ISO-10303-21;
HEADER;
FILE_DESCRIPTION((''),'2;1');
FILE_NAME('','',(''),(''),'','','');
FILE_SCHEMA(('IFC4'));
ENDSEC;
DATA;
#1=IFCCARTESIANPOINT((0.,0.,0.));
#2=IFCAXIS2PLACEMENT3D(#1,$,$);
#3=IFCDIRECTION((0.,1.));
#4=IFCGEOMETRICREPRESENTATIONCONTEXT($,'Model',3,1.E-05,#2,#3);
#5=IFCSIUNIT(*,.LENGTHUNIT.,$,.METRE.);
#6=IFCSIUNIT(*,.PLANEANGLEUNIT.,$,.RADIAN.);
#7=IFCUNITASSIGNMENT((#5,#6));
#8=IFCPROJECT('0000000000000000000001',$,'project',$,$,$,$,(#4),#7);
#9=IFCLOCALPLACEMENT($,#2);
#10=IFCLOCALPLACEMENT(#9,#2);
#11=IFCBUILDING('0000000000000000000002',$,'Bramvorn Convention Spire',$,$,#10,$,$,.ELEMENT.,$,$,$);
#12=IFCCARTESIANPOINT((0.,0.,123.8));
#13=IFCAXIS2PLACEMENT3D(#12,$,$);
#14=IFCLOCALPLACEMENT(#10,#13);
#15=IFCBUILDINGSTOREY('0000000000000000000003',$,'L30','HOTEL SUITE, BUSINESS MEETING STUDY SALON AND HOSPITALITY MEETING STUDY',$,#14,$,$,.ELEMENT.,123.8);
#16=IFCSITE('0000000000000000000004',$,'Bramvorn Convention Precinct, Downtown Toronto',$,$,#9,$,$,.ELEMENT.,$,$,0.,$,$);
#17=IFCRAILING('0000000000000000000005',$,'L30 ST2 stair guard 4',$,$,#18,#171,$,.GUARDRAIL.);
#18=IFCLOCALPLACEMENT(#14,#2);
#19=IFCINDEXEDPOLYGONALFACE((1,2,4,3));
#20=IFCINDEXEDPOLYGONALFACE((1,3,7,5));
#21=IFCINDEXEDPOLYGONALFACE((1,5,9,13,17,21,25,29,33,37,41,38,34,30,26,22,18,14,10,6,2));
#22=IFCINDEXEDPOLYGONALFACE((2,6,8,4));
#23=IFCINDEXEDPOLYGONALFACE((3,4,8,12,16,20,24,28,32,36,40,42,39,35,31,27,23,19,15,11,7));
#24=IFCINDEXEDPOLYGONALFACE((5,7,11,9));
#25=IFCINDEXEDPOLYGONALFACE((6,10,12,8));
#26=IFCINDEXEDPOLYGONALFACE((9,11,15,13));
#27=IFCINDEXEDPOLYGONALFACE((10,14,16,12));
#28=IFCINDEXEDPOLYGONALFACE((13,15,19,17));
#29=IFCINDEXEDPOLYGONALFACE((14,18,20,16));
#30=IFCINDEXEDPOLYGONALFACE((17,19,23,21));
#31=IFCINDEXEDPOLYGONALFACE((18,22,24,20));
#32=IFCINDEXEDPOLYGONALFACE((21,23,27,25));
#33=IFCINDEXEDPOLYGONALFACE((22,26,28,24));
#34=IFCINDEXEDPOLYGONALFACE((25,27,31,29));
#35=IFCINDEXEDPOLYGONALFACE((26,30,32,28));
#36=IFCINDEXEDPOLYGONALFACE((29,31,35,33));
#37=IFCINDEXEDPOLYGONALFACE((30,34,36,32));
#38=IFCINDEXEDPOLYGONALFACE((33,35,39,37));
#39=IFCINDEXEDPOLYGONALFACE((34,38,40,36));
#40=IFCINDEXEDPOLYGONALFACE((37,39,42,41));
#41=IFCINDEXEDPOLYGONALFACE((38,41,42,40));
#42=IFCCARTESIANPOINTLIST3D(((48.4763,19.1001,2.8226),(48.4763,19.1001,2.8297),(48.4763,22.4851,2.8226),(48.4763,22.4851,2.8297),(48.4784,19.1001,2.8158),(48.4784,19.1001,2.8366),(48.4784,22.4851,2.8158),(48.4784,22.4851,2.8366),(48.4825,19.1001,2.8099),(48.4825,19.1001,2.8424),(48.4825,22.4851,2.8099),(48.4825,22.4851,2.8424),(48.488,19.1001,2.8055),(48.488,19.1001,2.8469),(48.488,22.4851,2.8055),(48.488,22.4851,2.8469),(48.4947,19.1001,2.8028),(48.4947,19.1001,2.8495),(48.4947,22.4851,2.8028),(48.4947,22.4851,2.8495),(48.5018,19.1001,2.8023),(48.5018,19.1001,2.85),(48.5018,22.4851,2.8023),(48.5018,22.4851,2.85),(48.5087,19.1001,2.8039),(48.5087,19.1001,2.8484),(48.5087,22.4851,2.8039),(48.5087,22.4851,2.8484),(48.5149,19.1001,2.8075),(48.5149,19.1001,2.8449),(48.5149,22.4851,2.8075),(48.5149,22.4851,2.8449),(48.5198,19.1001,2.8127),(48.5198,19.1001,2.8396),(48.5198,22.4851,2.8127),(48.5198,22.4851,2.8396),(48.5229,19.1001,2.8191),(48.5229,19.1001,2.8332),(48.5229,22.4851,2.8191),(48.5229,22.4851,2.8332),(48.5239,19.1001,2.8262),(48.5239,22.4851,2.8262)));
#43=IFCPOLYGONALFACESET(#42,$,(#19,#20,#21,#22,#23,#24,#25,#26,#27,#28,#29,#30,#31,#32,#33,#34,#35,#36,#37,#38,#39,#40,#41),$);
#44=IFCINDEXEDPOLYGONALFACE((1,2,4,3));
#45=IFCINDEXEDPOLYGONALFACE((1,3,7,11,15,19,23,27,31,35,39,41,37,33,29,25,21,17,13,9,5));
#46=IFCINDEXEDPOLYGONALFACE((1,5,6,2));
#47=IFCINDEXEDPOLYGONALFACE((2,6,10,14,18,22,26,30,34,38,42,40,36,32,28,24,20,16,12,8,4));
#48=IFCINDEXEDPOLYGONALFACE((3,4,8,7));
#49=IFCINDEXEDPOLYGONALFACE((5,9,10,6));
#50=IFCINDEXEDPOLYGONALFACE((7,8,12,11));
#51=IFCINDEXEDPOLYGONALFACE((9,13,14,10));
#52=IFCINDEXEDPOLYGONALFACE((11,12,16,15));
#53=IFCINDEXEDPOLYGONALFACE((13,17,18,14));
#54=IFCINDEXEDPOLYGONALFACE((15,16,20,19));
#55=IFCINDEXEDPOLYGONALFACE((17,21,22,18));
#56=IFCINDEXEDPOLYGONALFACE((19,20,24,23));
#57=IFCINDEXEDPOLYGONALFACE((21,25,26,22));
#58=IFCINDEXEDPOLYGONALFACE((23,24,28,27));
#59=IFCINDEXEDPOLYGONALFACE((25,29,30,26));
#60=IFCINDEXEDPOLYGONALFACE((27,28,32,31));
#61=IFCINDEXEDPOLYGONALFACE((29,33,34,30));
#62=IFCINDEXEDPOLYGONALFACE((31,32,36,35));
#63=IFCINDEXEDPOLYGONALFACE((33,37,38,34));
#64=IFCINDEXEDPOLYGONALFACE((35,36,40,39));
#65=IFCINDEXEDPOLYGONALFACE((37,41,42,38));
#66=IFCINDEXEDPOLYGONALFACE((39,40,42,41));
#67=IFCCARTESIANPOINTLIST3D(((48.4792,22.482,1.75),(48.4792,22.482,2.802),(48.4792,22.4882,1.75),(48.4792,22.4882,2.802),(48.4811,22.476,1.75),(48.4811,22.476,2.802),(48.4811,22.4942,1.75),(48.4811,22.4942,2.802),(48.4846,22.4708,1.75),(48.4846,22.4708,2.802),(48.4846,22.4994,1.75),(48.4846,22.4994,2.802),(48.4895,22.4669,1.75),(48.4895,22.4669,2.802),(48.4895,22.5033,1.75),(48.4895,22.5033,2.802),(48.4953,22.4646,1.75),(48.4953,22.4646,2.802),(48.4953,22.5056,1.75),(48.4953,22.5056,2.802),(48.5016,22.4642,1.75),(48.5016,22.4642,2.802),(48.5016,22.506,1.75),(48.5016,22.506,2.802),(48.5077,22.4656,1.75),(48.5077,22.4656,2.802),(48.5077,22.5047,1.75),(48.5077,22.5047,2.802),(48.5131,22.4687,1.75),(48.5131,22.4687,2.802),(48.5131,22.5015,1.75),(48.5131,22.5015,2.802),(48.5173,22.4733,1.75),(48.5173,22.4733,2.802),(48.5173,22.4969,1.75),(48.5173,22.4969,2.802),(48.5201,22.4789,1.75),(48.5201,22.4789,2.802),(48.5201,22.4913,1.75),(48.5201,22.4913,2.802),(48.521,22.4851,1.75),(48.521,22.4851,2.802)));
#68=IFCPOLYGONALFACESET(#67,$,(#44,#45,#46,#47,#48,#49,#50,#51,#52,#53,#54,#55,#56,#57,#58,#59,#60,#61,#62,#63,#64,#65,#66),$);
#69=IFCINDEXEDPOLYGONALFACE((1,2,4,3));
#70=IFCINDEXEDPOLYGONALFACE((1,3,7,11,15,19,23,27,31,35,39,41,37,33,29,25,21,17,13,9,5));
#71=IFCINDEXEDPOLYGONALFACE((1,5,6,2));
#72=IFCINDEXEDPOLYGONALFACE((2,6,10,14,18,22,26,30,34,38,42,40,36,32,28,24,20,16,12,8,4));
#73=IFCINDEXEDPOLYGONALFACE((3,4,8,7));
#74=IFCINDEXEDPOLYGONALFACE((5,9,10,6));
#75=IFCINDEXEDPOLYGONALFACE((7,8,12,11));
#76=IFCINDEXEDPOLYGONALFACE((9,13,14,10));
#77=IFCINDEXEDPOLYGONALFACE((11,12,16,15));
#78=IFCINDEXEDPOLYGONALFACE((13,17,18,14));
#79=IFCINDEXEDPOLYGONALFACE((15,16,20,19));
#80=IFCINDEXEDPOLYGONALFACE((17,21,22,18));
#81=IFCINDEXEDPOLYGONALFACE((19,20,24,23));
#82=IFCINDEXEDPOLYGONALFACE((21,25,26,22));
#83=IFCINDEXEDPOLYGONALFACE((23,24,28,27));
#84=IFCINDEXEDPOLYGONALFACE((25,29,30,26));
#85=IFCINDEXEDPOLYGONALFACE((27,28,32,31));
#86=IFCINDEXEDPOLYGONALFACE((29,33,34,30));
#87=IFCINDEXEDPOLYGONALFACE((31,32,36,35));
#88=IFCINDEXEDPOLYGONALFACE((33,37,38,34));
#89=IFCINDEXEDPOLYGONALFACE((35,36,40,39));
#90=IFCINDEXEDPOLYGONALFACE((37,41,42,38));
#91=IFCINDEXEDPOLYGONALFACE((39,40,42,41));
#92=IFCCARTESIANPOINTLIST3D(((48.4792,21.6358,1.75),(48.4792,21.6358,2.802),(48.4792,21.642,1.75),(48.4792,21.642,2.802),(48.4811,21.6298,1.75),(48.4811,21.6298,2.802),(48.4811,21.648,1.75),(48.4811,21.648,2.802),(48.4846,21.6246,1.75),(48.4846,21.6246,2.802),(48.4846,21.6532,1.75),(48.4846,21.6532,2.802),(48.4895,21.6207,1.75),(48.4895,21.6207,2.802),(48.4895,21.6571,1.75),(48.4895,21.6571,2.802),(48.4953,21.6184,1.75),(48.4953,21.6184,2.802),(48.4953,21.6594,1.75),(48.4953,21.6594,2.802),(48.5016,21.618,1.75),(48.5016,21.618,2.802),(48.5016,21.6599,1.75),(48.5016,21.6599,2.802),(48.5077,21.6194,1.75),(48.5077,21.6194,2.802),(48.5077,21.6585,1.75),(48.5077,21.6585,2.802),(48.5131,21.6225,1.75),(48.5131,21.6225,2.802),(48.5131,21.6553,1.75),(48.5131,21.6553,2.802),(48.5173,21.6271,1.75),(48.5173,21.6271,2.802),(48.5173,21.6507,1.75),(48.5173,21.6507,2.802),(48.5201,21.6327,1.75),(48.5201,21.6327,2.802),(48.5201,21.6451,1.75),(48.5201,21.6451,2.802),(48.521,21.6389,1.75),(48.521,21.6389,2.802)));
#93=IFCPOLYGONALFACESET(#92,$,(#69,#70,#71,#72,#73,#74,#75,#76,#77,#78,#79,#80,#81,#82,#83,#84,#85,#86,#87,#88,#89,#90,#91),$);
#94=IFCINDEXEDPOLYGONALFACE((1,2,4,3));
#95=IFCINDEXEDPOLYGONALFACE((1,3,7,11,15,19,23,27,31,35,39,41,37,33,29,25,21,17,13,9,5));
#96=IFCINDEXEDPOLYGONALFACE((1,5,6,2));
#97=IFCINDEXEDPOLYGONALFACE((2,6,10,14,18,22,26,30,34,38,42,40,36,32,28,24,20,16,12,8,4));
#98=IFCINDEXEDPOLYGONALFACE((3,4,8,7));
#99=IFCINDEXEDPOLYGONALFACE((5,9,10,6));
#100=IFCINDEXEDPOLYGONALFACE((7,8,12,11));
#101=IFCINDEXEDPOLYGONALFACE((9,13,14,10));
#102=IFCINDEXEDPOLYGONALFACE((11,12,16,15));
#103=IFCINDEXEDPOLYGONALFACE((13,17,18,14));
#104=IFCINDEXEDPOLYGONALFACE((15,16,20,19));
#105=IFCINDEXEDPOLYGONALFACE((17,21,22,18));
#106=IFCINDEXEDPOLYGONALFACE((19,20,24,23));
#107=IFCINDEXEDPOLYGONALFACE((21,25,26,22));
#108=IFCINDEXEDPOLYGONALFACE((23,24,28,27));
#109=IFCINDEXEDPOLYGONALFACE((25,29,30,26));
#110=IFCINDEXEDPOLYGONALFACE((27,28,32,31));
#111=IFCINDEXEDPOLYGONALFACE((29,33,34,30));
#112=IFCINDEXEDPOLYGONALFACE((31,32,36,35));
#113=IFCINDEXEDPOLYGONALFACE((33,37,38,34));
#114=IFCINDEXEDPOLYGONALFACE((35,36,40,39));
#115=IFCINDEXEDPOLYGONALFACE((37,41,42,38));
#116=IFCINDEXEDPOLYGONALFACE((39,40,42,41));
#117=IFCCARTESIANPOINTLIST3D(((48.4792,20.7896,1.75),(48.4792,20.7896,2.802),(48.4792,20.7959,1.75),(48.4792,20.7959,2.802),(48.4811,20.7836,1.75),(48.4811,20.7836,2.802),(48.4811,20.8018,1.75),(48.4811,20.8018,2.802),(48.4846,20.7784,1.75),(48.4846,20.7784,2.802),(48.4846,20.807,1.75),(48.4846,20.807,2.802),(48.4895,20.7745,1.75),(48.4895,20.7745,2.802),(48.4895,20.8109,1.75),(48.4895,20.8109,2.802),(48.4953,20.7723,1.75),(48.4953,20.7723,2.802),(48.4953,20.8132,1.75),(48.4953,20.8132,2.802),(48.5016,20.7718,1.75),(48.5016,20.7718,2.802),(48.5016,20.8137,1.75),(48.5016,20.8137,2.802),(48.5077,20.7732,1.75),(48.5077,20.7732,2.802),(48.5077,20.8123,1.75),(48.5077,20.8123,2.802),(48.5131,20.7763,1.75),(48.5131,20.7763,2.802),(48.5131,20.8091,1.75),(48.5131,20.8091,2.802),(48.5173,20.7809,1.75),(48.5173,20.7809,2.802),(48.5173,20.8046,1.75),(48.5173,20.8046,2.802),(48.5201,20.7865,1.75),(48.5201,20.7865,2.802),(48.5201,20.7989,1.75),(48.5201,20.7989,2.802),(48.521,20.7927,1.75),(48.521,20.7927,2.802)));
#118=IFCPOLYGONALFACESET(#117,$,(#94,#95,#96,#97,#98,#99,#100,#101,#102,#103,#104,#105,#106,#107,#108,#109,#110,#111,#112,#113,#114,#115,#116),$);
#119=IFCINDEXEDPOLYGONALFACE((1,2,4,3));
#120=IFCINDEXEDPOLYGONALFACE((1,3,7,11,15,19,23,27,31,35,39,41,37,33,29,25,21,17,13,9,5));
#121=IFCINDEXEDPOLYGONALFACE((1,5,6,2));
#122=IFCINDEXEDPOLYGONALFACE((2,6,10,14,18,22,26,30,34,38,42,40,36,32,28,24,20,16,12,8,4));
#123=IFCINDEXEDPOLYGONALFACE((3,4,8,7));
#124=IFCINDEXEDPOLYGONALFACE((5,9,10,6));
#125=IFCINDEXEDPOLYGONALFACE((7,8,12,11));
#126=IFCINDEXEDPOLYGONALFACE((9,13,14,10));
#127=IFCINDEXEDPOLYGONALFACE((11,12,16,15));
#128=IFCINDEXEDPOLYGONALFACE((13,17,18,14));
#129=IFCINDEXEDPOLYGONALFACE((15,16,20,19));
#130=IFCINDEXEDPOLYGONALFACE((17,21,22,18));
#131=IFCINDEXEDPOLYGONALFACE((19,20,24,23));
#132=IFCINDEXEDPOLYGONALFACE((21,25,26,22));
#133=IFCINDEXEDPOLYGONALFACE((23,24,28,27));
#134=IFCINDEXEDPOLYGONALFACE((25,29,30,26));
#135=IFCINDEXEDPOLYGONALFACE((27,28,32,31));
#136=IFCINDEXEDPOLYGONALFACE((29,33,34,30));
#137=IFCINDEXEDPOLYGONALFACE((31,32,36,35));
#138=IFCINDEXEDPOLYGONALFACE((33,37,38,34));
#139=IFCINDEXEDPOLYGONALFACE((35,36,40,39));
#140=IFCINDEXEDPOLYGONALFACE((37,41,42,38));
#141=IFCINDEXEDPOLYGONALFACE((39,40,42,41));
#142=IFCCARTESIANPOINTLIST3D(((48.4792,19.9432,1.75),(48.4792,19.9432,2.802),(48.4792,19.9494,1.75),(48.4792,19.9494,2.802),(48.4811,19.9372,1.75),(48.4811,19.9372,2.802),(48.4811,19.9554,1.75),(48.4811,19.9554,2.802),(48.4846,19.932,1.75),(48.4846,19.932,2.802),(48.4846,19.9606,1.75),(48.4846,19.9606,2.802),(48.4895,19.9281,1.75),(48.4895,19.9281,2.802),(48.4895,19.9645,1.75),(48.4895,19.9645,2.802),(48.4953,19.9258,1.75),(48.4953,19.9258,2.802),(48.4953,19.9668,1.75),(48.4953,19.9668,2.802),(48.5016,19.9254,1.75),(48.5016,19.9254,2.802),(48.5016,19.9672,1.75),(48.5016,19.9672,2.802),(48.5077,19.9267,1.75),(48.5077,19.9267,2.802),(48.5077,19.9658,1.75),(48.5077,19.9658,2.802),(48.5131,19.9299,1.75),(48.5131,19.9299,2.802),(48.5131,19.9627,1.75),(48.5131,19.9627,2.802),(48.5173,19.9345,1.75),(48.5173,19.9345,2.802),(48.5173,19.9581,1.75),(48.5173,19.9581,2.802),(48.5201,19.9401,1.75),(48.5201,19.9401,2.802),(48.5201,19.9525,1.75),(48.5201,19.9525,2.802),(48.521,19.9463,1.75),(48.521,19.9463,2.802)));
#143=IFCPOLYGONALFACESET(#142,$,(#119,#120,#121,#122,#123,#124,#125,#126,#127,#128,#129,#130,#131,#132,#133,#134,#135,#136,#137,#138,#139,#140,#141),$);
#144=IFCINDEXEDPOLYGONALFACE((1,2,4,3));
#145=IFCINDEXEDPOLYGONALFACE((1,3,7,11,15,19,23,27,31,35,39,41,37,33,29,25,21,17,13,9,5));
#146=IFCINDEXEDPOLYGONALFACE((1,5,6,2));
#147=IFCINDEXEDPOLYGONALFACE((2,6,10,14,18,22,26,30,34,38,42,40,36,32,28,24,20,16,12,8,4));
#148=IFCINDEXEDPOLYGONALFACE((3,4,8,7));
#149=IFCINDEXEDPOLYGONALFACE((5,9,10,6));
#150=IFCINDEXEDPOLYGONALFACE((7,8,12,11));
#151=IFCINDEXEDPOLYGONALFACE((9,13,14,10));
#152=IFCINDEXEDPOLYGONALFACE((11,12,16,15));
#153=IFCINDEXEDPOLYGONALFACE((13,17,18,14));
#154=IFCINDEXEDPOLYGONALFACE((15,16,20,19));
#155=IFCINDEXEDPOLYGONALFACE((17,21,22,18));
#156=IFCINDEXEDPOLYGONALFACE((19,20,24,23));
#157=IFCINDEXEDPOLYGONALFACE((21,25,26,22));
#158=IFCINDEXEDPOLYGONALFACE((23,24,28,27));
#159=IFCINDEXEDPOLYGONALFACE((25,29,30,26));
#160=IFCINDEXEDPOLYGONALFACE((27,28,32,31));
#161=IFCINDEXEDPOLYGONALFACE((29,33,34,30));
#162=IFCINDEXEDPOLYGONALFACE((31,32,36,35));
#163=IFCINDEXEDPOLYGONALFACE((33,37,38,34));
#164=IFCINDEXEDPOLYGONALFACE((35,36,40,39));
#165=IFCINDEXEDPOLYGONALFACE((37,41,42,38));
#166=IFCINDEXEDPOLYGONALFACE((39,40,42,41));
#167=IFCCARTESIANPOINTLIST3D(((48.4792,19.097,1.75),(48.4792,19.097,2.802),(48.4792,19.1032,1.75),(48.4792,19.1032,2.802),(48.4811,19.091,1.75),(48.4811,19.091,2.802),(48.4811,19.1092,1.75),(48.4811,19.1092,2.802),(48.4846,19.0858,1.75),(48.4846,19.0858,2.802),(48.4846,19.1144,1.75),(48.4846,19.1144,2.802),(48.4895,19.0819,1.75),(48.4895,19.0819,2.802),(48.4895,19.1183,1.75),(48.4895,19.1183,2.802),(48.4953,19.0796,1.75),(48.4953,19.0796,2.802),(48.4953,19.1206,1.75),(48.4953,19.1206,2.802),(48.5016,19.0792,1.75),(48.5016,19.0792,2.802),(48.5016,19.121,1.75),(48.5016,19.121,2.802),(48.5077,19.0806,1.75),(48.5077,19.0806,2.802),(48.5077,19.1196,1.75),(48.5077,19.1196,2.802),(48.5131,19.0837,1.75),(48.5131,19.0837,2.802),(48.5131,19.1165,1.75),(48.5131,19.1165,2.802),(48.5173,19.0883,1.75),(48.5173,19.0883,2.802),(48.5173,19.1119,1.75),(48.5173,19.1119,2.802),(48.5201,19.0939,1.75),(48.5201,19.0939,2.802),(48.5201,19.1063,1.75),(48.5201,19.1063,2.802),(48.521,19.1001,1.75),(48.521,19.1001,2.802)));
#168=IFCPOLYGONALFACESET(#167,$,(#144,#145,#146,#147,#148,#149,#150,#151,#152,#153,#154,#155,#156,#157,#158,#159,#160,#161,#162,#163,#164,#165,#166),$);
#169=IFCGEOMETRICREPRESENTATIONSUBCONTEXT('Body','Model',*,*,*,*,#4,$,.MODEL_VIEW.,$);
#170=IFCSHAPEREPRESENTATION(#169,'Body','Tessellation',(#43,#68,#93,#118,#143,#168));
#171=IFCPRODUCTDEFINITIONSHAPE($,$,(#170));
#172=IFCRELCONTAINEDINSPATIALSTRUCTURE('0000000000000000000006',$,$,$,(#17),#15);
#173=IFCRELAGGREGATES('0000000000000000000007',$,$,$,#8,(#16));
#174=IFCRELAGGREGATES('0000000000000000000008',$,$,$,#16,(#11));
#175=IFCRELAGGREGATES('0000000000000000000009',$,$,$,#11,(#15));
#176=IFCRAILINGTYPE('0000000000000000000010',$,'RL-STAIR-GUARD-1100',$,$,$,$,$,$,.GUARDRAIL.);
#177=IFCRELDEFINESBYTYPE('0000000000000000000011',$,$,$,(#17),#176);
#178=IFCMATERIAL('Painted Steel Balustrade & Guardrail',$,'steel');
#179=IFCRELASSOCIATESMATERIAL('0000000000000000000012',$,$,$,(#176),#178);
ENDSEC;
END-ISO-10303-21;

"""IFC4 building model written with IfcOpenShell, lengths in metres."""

from ifc_helpers import new_model, si_unit, direction, frame, origin, origin_2d, place, context, subcontext, project, spatial, circle, extrude, material, type_object, element, save


model = new_model("IFC4")

# Units and contexts
model_context = context("Model", 3, precision=1e-05, world=origin(), true_north=direction((0.0, 1.0)))
body_context = subcontext(model_context, "Body", "Model", "MODEL_VIEW")
ifc_project = project(units=[si_unit("LENGTHUNIT", "METRE"), si_unit("PLANEANGLEUNIT", "RADIAN")], contexts=[model_context])

# Site, building, storey
site_placement = place(None, origin())
site = spatial("IfcSite", under=ifc_project, at=site_placement, Name="Bramvorn Convention Precinct, Downtown Toronto", CompositionType="ELEMENT", RefElevation=0.0)
building_placement = place(site_placement, origin())
building = spatial("IfcBuilding", under=site, at=building_placement, Name="Bramvorn Convention Spire", CompositionType="ELEMENT")
storey_placement = place(building_placement, frame((0.0, 0.0, 123.8)))
storey = spatial("IfcBuildingStorey", under=building, at=storey_placement, Name="L30", Description="HOTEL SUITE, BUSINESS MEETING STUDY SALON AND HOSPITALITY MEETING STUDY", CompositionType="ELEMENT", Elevation=123.8)

# Railing
ifc_material_1 = material(Name="Painted Steel Balustrade & Guardrail", Category="steel")
railing_type_1 = type_object("IfcRailingType", Name="RL-STAIR-GUARD-1100", PredefinedType="GUARDRAIL", material=ifc_material_1)
railing_1_placement = place(storey_placement, frame((48.5, 22.4851, 1.75)))
element("IfcRailing", 1, at=railing_1_placement, inside=storey, type_object=railing_type_1, Name="L30 ST2 stair guard 4", PredefinedType="GUARDRAIL", context=body_context, shape_type="SweptSolid", body=[
    extrude(circle(Radius=0.0239, at=origin_2d()), frame((0.0, 0.0, 1.0762), z_axis=(0.0, -1.0, 0.0), x_axis=(1.0, 0.0, 0.0)), (0.0, 0.0, 1.0), 3.385),
    extrude(circle(Radius=0.021, at=origin_2d()), origin(), (0.0, 0.0, 1.0), 1.052),
    extrude(circle(Radius=0.021, at=origin_2d()), frame((0.0, -0.8462, 0.0)), (0.0, 0.0, 1.0), 1.052),
    extrude(circle(Radius=0.021, at=origin_2d()), frame((0.0, -1.6924, 0.0)), (0.0, 0.0, 1.0), 1.052),
    extrude(circle(Radius=0.021, at=origin_2d()), frame((0.0, -2.5388, 0.0)), (0.0, 0.0, 1.0), 1.052),
    extrude(circle(Radius=0.021, at=origin_2d()), frame((0.0, -3.385, 0.0)), (0.0, 0.0, 1.0), 1.052),
])

save(model, "model.ifc")
